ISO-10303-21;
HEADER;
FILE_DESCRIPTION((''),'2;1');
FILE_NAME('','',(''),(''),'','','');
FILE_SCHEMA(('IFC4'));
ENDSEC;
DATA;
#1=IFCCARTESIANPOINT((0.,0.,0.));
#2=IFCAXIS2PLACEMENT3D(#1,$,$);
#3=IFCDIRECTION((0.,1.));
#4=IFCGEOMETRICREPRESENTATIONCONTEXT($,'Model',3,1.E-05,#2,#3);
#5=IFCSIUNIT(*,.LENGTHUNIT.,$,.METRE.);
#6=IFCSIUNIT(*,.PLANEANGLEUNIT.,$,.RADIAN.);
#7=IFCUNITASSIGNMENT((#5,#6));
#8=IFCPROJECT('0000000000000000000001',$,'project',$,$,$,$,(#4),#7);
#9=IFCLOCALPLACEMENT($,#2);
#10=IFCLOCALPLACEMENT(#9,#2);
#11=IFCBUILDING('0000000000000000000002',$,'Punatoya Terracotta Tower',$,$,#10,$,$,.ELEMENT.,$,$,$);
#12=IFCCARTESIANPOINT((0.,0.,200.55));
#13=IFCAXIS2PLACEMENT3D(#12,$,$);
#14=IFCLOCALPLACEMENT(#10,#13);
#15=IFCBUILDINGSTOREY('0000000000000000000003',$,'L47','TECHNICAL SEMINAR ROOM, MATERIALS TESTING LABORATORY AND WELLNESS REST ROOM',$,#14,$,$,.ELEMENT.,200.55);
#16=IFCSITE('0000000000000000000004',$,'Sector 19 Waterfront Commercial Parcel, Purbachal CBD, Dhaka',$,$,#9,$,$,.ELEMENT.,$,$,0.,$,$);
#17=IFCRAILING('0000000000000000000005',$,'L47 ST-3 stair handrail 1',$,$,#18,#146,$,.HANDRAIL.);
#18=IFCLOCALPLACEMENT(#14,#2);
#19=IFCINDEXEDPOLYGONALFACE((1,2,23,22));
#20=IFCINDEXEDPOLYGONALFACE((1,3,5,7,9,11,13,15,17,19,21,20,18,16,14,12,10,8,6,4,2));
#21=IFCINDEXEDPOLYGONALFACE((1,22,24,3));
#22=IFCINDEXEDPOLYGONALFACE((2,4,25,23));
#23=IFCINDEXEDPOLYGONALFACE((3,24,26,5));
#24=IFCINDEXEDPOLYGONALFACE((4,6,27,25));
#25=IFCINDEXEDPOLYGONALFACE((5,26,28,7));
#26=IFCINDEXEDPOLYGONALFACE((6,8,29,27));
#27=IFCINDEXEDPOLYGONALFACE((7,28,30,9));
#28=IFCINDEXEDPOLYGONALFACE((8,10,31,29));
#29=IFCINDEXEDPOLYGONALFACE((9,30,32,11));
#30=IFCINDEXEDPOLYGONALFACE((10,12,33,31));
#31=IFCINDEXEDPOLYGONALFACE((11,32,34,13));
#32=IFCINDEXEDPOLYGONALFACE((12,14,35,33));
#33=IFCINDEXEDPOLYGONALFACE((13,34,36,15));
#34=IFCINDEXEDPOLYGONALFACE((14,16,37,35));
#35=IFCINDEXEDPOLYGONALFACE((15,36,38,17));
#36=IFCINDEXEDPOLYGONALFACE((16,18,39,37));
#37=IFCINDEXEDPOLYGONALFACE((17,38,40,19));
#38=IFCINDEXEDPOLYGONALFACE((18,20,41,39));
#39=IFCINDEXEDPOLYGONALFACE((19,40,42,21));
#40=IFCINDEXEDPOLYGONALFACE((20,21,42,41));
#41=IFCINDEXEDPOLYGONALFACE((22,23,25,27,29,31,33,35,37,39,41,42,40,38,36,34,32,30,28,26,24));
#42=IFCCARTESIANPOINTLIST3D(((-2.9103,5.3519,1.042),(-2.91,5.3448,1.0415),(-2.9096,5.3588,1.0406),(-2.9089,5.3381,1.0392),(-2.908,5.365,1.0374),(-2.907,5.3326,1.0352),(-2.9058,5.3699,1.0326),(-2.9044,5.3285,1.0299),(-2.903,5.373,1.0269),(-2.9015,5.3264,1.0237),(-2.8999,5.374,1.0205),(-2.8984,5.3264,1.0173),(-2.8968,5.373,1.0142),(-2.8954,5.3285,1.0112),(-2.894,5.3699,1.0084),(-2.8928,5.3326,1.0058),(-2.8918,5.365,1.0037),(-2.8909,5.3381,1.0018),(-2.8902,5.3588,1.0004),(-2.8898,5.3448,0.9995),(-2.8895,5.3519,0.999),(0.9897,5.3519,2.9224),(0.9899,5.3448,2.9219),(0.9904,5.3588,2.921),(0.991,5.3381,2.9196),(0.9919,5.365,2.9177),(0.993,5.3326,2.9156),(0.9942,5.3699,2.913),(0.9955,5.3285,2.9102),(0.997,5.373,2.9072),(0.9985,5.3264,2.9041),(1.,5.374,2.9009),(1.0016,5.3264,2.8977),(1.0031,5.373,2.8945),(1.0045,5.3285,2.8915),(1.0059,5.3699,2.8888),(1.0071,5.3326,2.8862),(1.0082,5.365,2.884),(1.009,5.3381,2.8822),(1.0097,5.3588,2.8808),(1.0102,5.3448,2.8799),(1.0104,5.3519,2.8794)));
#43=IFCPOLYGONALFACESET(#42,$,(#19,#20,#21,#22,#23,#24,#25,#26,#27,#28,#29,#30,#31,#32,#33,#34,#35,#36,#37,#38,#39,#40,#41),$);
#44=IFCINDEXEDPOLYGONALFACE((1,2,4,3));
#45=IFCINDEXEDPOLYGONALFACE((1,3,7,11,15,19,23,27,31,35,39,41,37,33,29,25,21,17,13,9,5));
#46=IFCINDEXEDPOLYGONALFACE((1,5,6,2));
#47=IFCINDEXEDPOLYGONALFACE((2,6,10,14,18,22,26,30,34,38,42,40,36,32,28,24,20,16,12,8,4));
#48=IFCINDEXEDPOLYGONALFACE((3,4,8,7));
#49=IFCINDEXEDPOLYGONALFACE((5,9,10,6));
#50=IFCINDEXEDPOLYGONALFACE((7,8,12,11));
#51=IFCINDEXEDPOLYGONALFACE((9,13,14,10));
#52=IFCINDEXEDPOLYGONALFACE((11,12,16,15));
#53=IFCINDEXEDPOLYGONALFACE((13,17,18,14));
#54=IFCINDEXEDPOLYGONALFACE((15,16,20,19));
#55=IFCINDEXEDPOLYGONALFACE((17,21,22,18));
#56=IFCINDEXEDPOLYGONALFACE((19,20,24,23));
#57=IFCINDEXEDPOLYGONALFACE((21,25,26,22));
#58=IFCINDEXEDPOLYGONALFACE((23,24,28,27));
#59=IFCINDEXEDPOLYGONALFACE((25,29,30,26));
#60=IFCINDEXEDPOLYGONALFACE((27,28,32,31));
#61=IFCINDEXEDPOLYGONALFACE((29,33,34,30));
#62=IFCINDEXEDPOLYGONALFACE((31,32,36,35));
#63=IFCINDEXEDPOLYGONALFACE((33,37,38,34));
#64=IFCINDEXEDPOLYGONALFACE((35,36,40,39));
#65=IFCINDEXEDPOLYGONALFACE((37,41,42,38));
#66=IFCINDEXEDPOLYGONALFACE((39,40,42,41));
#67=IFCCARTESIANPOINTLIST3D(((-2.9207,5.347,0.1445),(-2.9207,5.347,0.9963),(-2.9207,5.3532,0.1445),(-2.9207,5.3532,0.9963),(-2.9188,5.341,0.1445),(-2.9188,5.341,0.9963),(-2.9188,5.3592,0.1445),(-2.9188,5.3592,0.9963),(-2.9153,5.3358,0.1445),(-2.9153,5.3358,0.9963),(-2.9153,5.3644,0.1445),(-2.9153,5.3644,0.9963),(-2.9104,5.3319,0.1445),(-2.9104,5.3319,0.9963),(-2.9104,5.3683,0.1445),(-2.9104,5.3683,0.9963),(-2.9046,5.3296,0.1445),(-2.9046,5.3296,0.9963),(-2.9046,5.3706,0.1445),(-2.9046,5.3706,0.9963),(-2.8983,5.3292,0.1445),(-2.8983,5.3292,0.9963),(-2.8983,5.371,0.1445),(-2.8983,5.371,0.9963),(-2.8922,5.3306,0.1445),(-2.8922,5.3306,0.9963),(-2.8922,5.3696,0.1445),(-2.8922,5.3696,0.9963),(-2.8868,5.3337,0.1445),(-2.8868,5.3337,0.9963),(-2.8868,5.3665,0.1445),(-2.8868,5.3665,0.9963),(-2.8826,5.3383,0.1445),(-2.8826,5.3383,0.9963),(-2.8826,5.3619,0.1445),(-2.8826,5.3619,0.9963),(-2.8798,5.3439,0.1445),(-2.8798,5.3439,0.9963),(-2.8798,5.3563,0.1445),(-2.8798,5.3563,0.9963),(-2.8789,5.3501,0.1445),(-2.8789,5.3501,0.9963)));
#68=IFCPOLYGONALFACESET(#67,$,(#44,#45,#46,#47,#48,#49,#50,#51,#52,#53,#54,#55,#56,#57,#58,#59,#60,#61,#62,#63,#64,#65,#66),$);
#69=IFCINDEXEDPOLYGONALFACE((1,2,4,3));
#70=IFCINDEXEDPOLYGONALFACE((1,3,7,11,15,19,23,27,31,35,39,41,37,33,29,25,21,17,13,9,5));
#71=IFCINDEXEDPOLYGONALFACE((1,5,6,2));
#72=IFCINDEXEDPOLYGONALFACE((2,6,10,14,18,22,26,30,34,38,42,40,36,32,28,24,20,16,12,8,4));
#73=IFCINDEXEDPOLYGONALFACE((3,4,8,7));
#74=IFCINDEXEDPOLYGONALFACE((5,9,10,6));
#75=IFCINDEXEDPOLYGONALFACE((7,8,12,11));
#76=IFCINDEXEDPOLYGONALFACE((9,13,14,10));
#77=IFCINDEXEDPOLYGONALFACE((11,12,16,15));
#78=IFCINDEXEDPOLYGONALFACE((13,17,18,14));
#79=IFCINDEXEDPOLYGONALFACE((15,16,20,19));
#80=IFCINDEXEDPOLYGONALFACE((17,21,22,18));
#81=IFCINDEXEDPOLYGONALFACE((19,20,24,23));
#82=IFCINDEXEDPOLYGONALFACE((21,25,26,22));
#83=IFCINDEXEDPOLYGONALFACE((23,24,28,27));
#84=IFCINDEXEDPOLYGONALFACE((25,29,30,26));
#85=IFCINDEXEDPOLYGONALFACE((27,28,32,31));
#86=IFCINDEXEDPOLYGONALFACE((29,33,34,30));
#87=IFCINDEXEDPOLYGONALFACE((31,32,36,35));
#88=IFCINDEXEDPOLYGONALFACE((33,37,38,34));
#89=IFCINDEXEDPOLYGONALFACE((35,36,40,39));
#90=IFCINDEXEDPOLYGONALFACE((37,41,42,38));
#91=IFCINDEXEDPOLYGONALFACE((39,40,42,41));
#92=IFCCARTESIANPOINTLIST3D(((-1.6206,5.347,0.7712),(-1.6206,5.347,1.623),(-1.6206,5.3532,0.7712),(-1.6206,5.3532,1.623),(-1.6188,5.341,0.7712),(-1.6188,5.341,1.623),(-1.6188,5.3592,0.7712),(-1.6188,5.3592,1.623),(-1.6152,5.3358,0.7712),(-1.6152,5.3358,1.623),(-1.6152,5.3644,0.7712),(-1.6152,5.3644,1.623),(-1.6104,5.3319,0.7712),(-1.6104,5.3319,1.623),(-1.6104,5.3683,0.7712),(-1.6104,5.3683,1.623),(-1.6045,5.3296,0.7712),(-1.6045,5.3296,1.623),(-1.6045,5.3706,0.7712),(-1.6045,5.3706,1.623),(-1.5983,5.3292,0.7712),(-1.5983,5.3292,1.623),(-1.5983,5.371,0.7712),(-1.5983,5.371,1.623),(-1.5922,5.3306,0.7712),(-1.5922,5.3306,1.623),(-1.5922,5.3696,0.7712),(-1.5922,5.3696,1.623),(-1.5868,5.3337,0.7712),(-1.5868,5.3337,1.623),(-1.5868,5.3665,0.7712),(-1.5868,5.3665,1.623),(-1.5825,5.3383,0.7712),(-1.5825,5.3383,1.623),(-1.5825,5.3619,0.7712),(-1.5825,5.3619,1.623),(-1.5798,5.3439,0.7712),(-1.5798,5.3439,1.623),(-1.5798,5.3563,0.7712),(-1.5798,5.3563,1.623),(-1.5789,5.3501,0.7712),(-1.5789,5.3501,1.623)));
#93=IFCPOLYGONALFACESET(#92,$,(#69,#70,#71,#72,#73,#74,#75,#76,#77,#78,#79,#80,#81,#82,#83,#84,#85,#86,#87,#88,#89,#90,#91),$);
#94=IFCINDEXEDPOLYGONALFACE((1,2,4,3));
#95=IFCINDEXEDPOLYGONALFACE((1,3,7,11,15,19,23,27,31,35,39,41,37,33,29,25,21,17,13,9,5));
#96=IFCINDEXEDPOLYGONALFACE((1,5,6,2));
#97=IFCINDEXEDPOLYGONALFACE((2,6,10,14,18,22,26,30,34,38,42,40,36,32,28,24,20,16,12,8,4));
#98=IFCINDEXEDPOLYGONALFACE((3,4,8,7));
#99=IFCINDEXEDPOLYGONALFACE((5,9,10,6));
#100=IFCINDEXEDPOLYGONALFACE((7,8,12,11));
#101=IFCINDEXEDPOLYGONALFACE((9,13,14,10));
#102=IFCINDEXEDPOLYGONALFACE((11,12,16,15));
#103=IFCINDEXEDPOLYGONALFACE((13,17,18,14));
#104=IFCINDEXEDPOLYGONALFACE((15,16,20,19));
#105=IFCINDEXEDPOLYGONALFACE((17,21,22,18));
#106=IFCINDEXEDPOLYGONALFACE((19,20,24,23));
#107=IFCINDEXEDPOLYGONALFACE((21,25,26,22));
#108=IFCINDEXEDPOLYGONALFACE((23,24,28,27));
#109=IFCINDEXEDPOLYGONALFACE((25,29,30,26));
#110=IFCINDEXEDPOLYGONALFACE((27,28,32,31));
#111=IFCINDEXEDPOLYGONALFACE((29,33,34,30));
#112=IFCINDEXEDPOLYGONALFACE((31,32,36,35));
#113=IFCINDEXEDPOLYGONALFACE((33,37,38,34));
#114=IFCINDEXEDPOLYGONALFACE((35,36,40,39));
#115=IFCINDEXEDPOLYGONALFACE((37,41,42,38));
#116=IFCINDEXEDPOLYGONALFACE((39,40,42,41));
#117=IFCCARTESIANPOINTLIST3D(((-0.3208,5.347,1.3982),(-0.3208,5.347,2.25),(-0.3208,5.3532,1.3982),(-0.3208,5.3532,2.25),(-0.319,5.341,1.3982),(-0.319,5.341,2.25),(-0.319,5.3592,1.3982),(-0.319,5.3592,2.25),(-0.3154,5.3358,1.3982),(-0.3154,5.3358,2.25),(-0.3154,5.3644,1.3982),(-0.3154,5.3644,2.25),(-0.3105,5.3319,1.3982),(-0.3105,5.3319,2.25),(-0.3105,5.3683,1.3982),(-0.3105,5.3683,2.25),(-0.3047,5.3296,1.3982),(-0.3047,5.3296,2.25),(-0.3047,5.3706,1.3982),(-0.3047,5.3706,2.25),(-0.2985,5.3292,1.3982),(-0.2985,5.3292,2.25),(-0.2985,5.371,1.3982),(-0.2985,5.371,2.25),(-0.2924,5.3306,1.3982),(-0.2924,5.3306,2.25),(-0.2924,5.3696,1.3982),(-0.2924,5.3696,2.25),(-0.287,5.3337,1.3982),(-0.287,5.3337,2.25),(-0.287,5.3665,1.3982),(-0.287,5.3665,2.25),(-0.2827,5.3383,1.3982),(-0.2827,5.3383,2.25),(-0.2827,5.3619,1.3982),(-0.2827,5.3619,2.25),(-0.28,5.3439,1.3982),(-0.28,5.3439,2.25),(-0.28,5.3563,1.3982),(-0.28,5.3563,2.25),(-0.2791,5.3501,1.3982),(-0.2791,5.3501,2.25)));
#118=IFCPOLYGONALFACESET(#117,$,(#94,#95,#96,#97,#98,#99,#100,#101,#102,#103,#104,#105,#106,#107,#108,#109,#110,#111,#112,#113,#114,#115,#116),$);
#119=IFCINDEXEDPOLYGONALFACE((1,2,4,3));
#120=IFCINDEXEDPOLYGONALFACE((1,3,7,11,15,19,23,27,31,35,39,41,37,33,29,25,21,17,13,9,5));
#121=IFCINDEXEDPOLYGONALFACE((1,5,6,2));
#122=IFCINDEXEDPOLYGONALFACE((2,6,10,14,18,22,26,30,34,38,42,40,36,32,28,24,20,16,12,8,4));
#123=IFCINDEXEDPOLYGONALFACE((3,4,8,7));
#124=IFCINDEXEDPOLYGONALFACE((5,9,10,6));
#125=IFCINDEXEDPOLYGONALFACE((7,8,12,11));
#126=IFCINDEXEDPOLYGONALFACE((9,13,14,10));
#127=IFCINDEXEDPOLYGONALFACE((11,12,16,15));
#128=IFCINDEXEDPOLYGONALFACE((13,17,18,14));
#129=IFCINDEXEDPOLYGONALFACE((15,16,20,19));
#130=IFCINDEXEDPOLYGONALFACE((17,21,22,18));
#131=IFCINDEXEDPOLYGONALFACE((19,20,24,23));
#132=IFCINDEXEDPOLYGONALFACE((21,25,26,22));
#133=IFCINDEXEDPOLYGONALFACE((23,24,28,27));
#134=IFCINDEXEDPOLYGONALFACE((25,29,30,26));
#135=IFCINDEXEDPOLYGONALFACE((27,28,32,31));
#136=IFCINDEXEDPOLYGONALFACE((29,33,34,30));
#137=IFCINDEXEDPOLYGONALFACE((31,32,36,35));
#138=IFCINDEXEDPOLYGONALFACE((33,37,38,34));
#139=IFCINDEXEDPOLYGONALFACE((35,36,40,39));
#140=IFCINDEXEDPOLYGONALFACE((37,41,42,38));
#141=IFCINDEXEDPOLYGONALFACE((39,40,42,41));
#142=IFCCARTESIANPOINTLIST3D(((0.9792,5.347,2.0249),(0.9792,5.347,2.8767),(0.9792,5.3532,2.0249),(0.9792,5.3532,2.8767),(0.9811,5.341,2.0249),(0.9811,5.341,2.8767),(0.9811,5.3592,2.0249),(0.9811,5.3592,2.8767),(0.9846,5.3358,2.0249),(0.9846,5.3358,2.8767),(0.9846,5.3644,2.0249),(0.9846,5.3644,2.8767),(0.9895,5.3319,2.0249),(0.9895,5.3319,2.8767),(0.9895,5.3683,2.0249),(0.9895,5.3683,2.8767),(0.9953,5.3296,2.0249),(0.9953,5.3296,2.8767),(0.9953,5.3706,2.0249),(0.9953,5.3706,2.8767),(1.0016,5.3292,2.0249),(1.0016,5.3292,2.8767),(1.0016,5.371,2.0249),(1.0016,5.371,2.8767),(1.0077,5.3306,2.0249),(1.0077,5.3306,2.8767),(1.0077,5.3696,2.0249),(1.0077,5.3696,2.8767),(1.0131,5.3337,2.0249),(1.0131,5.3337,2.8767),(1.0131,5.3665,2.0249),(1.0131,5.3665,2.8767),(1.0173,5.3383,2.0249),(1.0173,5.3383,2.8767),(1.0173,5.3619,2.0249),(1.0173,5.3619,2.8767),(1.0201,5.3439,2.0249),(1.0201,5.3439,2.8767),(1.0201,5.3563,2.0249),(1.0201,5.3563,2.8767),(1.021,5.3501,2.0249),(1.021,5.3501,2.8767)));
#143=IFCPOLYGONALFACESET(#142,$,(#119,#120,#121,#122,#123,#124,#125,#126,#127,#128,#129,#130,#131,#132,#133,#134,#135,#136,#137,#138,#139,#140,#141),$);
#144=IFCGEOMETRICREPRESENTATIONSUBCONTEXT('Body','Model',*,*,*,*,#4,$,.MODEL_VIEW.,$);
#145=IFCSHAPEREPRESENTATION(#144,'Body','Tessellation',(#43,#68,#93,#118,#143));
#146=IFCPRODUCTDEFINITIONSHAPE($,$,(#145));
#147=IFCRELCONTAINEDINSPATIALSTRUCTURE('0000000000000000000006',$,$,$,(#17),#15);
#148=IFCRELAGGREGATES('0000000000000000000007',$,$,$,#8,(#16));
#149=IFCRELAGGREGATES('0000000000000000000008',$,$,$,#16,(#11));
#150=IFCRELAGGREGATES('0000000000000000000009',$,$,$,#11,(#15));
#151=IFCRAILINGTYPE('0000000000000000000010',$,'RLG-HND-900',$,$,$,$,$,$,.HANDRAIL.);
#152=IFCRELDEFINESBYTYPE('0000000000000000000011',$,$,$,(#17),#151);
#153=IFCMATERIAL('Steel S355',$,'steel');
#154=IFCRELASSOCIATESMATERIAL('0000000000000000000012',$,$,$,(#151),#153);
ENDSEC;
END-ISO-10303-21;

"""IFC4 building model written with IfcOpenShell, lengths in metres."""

from ifc_helpers import new_model, si_unit, direction, frame, origin, origin_2d, place, context, subcontext, project, spatial, circle, extrude, material, type_object, element, save


model = new_model("IFC4")

# Units and contexts
model_context = context("Model", 3, precision=1e-05, world=origin(), true_north=direction((0.0, 1.0)))
body_context = subcontext(model_context, "Body", "Model", "MODEL_VIEW")
ifc_project = project(units=[si_unit("LENGTHUNIT", "METRE"), si_unit("PLANEANGLEUNIT", "RADIAN")], contexts=[model_context])

# Site, building, storey
site_placement = place(None, origin())
site = spatial("IfcSite", under=ifc_project, at=site_placement, Name="Sector 19 Waterfront Commercial Parcel, Purbachal CBD, Dhaka", CompositionType="ELEMENT", RefElevation=0.0)
building_placement = place(site_placement, origin())
building = spatial("IfcBuilding", under=site, at=building_placement, Name="Punatoya Terracotta Tower", CompositionType="ELEMENT")
storey_placement = place(building_placement, frame((0.0, 0.0, 200.55)))
storey = spatial("IfcBuildingStorey", under=building, at=storey_placement, Name="L47", Description="TECHNICAL SEMINAR ROOM, MATERIALS TESTING LABORATORY AND WELLNESS REST ROOM", CompositionType="ELEMENT", Elevation=200.55)

# Shared definitions
ifc_material_1 = material(Name="Steel S355", Category="steel")

# Railing
railing_type_1 = type_object("IfcRailingType", Name="RLG-HND-900", PredefinedType="HANDRAIL", material=ifc_material_1)
railing_1_placement = place(storey_placement, frame((-2.8999, 5.3501, 0.1445)))
element("IfcRailing", 1, at=railing_1_placement, inside=storey, type_object=railing_type_1, Name="L47 ST-3 stair handrail 1", PredefinedType="HANDRAIL", context=body_context, shape_type="SweptSolid", body=[
    extrude(circle(Radius=0.0239, at=origin_2d()), frame((0.0, 0.0, 0.876), z_axis=(0.900763, 0.0, 0.434311), x_axis=(0.0, 1.0, 0.0)), (0.0, 0.0, 1.0), 4.3296),
    extrude(circle(Radius=0.021, at=origin_2d()), origin(), (0.0, 0.0, 1.0), 0.8518),
    extrude(circle(Radius=0.021, at=origin_2d()), frame((1.3, 0.0, 0.6267)), (0.0, 0.0, 1.0), 0.8518),
    extrude(circle(Radius=0.021, at=origin_2d()), frame((2.5999, 0.0, 1.2537)), (0.0, 0.0, 1.0), 0.8518),
    extrude(circle(Radius=0.021, at=origin_2d()), frame((3.8999, 0.0, 1.8804)), (0.0, 0.0, 1.0), 0.8518),
])

save(model, "model.ifc")
